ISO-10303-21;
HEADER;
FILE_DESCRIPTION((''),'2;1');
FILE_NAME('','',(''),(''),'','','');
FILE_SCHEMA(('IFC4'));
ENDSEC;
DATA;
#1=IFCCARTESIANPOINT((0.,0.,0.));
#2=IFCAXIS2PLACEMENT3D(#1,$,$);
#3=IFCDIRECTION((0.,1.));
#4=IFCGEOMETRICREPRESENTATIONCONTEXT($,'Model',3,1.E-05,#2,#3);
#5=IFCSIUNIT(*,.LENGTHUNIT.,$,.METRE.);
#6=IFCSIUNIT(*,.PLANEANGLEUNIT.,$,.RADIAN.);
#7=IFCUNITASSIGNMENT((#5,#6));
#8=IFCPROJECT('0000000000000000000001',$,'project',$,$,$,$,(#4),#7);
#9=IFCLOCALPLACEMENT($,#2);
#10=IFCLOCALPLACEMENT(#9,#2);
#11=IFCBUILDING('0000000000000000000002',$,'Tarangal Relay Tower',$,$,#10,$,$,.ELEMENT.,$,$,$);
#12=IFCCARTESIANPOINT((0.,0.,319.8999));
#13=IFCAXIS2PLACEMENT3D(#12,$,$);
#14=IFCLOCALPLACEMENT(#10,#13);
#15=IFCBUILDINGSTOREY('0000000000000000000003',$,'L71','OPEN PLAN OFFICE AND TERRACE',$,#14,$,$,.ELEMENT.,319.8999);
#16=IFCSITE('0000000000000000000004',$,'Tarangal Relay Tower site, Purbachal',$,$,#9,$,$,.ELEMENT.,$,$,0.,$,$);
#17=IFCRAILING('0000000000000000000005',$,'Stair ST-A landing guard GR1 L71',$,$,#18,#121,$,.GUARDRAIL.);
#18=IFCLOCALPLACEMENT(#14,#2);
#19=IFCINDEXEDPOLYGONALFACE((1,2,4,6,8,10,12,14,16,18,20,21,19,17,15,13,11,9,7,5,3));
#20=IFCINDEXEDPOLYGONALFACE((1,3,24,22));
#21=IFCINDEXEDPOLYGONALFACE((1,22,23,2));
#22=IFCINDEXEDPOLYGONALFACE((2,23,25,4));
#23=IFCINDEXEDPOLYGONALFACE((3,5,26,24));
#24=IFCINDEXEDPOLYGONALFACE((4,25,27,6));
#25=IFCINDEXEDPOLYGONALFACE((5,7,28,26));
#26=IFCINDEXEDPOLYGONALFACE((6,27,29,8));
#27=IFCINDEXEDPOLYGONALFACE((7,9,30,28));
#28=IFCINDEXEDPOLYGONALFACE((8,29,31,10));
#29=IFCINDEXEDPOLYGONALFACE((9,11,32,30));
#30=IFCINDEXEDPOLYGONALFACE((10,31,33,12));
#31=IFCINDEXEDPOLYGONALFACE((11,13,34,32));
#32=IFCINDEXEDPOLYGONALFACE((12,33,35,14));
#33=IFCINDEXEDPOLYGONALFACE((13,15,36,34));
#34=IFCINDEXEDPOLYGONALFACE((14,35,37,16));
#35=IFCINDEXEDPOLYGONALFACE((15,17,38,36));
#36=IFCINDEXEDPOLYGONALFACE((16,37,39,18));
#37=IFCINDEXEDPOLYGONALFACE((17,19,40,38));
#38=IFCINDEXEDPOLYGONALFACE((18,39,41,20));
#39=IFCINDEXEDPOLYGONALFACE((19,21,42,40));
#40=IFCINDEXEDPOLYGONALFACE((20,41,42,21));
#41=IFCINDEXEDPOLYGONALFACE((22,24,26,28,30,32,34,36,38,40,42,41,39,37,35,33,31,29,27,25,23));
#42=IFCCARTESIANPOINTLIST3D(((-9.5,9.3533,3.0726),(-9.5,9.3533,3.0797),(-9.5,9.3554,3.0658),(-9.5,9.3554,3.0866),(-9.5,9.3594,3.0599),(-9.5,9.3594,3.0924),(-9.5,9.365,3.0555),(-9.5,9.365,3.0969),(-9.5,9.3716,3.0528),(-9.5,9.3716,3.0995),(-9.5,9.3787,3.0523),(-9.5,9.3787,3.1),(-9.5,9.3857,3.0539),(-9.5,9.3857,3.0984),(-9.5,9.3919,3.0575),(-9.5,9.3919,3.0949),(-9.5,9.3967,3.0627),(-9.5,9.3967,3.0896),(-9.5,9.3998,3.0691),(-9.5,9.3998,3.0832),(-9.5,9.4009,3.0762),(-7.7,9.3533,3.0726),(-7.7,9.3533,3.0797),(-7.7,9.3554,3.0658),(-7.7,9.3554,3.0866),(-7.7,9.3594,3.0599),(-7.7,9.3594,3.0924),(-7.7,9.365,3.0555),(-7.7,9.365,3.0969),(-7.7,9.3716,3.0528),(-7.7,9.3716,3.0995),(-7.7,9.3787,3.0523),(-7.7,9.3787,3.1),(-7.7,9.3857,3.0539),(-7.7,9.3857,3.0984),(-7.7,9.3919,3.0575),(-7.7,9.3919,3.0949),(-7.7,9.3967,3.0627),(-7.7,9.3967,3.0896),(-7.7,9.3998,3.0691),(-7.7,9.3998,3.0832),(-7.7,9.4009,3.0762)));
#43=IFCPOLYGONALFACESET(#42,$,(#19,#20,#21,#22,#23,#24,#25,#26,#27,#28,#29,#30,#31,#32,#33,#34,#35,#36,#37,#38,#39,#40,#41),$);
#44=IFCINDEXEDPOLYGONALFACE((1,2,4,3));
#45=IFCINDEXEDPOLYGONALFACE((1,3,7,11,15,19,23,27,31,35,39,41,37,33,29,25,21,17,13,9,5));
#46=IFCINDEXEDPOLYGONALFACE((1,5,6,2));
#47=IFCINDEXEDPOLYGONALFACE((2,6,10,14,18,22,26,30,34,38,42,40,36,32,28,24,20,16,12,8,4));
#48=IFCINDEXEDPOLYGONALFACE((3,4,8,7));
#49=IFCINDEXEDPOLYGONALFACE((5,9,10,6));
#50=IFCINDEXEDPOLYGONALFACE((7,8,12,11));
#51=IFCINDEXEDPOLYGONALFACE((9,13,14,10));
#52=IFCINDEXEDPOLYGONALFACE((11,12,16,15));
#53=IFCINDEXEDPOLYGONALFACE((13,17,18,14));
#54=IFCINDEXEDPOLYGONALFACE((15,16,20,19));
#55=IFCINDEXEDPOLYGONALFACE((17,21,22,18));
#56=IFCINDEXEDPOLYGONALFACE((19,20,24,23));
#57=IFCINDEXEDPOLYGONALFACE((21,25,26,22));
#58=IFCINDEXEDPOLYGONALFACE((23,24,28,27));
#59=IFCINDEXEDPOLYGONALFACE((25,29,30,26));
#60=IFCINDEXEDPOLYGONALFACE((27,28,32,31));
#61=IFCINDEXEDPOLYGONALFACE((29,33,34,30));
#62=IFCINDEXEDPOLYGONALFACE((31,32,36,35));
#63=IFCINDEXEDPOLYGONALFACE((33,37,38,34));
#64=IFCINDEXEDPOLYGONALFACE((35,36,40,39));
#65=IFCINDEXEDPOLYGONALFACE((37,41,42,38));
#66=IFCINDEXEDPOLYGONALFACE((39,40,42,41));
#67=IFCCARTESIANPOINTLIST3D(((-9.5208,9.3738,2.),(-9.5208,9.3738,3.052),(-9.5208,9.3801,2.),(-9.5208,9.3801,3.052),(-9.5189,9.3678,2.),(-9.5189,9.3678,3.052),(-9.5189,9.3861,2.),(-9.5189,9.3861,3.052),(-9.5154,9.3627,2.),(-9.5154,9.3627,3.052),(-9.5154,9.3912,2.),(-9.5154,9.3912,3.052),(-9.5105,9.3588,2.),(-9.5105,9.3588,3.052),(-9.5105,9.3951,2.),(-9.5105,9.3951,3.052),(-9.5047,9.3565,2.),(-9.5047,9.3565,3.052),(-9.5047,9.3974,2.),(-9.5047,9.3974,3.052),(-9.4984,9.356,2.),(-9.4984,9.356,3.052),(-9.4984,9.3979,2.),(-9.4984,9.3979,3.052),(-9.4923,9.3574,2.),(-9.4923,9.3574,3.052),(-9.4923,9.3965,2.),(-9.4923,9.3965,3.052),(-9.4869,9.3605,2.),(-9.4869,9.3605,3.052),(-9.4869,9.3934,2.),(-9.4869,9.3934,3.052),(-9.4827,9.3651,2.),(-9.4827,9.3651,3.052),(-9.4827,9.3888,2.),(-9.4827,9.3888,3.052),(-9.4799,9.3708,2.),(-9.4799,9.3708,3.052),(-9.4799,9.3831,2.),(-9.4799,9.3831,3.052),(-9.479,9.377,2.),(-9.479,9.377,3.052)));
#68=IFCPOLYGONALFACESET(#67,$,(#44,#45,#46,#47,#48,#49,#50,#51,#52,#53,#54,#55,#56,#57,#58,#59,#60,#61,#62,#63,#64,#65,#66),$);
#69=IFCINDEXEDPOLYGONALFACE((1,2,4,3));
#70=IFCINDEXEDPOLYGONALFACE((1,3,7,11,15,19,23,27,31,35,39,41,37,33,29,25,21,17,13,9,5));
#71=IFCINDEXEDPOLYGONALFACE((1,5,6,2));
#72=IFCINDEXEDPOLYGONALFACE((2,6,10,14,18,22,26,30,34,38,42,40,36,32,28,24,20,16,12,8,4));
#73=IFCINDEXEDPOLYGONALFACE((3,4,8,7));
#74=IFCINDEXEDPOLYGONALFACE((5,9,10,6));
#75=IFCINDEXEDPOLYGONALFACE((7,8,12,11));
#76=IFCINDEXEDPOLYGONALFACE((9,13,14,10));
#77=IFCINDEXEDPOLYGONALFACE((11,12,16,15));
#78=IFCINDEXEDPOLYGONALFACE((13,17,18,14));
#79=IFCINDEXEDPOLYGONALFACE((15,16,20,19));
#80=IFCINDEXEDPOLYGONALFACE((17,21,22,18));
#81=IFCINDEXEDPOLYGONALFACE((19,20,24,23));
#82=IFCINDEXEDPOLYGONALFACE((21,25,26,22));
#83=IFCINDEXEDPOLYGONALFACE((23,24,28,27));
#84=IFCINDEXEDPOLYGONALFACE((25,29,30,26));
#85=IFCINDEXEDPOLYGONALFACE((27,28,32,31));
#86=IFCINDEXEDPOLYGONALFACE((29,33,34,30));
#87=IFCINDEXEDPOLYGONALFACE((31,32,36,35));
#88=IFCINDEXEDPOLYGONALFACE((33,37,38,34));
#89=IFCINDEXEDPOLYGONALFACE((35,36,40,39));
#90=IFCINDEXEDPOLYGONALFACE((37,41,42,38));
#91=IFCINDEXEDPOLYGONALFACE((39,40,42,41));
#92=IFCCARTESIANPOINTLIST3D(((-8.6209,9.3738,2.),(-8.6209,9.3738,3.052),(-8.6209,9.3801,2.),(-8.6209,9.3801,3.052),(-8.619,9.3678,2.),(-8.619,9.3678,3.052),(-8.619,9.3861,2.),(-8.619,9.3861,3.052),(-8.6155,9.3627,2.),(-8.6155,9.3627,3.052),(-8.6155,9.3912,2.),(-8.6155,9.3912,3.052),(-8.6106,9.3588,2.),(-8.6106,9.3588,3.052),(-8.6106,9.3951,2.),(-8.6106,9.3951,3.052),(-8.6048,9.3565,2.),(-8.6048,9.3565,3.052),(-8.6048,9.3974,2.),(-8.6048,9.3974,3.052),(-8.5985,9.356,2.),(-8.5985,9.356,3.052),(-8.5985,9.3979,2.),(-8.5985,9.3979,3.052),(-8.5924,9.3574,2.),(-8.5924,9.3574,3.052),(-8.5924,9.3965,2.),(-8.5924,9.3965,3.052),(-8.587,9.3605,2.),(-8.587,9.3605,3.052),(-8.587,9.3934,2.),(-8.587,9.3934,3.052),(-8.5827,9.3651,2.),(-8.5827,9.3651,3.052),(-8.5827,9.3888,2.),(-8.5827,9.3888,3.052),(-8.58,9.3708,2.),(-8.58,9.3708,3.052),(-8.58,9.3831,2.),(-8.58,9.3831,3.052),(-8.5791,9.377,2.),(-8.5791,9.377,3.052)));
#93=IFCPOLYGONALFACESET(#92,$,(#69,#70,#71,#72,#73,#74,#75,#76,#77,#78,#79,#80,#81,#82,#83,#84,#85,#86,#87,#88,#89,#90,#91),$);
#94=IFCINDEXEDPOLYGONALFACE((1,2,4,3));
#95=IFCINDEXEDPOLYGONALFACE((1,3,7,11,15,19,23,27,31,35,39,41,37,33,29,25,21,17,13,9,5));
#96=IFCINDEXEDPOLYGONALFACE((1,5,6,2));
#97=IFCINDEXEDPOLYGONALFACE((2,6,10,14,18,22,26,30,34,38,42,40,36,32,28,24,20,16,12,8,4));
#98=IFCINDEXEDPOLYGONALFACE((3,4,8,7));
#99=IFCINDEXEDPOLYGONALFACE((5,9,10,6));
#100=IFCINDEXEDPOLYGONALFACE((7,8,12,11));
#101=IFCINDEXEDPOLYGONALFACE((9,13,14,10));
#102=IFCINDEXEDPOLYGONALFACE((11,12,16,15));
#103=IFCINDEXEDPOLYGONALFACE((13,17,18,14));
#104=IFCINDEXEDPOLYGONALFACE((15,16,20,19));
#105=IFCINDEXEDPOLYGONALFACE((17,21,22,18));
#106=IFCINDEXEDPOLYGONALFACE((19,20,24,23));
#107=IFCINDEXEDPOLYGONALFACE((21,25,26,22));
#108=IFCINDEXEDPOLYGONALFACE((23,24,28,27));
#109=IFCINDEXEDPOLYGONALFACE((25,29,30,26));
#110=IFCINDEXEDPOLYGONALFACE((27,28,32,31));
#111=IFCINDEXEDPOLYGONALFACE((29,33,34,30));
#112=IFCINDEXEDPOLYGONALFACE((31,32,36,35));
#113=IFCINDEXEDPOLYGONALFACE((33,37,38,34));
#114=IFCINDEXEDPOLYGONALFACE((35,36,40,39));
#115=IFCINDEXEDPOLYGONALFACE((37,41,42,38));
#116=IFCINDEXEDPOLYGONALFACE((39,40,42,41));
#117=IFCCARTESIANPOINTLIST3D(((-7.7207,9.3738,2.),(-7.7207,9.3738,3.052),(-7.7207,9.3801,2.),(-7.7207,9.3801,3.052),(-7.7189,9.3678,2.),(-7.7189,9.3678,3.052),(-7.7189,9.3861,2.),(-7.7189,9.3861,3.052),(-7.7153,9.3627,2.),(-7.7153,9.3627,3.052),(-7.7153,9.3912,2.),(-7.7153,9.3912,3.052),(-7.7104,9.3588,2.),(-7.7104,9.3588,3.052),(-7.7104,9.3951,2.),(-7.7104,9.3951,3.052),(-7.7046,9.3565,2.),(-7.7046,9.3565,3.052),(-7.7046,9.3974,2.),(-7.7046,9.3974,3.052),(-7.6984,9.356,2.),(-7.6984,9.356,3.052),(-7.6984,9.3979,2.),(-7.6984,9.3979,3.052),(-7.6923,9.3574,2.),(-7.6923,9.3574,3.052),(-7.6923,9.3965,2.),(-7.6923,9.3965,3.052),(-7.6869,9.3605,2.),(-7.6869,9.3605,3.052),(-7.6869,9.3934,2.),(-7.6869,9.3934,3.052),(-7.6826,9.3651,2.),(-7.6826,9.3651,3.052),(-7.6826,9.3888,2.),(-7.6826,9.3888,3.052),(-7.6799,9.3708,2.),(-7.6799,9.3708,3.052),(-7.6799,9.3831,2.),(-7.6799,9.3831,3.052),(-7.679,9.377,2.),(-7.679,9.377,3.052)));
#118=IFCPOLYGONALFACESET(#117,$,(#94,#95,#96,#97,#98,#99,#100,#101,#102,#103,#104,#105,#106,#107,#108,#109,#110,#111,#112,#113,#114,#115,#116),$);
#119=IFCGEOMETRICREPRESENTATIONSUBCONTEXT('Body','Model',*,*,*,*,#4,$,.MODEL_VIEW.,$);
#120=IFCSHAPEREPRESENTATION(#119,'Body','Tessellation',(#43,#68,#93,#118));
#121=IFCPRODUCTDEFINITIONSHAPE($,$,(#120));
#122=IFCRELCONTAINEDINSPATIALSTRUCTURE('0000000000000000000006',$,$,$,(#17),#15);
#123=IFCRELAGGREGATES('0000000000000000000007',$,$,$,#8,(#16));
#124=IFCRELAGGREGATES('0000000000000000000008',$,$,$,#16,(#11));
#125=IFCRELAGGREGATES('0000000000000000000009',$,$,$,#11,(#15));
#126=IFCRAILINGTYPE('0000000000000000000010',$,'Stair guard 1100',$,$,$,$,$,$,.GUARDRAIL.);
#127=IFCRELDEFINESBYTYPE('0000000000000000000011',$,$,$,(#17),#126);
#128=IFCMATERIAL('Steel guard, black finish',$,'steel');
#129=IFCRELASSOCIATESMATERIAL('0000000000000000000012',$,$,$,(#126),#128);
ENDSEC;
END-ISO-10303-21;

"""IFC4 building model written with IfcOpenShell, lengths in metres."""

from ifc_helpers import new_model, si_unit, direction, frame, origin, origin_2d, place, context, subcontext, project, spatial, circle, extrude, material, type_object, element, save


model = new_model("IFC4")

# Units and contexts
model_context = context("Model", 3, precision=1e-05, world=origin(), true_north=direction((0.0, 1.0)))
body_context = subcontext(model_context, "Body", "Model", "MODEL_VIEW")
ifc_project = project(units=[si_unit("LENGTHUNIT", "METRE"), si_unit("PLANEANGLEUNIT", "RADIAN")], contexts=[model_context])

# Site, building, storey
site_placement = place(None, origin())
site = spatial("IfcSite", under=ifc_project, at=site_placement, Name="Tarangal Relay Tower site, Purbachal", CompositionType="ELEMENT", RefElevation=0.0)
building_placement = place(site_placement, origin())
building = spatial("IfcBuilding", under=site, at=building_placement, Name="Tarangal Relay Tower", CompositionType="ELEMENT")
storey_placement = place(building_placement, frame((0.0, 0.0, 319.8999)))
storey = spatial("IfcBuildingStorey", under=building, at=storey_placement, Name="L71", Description="OPEN PLAN OFFICE AND TERRACE", CompositionType="ELEMENT", Elevation=319.8999)

# Railing
ifc_material_1 = material(Name="Steel guard, black finish", Category="steel")
railing_type_1 = type_object("IfcRailingType", Name="Stair guard 1100", PredefinedType="GUARDRAIL", material=ifc_material_1)
railing_1_placement = place(storey_placement, frame((-9.5, 9.377, 2.0)))
element("IfcRailing", 1, at=railing_1_placement, inside=storey, type_object=railing_type_1, Name="Stair ST-A landing guard GR1 L71", PredefinedType="GUARDRAIL", context=body_context, shape_type="SweptSolid", body=[
    extrude(circle(Radius=0.0239, at=origin_2d()), frame((0.0, 0.0, 1.0762), z_axis=(1.0, 0.0, 0.0), x_axis=(0.0, 1.0, 0.0)), (0.0, 0.0, 1.0), 1.8),
    extrude(circle(Radius=0.021, at=origin_2d()), origin(), (0.0, 0.0, 1.0), 1.052),
    extrude(circle(Radius=0.021, at=origin_2d()), frame((0.8999, 0.0, 0.0)), (0.0, 0.0, 1.0), 1.052),
    extrude(circle(Radius=0.021, at=origin_2d()), frame((1.8, 0.0, 0.0)), (0.0, 0.0, 1.0), 1.052),
])

save(model, "model.ifc")
